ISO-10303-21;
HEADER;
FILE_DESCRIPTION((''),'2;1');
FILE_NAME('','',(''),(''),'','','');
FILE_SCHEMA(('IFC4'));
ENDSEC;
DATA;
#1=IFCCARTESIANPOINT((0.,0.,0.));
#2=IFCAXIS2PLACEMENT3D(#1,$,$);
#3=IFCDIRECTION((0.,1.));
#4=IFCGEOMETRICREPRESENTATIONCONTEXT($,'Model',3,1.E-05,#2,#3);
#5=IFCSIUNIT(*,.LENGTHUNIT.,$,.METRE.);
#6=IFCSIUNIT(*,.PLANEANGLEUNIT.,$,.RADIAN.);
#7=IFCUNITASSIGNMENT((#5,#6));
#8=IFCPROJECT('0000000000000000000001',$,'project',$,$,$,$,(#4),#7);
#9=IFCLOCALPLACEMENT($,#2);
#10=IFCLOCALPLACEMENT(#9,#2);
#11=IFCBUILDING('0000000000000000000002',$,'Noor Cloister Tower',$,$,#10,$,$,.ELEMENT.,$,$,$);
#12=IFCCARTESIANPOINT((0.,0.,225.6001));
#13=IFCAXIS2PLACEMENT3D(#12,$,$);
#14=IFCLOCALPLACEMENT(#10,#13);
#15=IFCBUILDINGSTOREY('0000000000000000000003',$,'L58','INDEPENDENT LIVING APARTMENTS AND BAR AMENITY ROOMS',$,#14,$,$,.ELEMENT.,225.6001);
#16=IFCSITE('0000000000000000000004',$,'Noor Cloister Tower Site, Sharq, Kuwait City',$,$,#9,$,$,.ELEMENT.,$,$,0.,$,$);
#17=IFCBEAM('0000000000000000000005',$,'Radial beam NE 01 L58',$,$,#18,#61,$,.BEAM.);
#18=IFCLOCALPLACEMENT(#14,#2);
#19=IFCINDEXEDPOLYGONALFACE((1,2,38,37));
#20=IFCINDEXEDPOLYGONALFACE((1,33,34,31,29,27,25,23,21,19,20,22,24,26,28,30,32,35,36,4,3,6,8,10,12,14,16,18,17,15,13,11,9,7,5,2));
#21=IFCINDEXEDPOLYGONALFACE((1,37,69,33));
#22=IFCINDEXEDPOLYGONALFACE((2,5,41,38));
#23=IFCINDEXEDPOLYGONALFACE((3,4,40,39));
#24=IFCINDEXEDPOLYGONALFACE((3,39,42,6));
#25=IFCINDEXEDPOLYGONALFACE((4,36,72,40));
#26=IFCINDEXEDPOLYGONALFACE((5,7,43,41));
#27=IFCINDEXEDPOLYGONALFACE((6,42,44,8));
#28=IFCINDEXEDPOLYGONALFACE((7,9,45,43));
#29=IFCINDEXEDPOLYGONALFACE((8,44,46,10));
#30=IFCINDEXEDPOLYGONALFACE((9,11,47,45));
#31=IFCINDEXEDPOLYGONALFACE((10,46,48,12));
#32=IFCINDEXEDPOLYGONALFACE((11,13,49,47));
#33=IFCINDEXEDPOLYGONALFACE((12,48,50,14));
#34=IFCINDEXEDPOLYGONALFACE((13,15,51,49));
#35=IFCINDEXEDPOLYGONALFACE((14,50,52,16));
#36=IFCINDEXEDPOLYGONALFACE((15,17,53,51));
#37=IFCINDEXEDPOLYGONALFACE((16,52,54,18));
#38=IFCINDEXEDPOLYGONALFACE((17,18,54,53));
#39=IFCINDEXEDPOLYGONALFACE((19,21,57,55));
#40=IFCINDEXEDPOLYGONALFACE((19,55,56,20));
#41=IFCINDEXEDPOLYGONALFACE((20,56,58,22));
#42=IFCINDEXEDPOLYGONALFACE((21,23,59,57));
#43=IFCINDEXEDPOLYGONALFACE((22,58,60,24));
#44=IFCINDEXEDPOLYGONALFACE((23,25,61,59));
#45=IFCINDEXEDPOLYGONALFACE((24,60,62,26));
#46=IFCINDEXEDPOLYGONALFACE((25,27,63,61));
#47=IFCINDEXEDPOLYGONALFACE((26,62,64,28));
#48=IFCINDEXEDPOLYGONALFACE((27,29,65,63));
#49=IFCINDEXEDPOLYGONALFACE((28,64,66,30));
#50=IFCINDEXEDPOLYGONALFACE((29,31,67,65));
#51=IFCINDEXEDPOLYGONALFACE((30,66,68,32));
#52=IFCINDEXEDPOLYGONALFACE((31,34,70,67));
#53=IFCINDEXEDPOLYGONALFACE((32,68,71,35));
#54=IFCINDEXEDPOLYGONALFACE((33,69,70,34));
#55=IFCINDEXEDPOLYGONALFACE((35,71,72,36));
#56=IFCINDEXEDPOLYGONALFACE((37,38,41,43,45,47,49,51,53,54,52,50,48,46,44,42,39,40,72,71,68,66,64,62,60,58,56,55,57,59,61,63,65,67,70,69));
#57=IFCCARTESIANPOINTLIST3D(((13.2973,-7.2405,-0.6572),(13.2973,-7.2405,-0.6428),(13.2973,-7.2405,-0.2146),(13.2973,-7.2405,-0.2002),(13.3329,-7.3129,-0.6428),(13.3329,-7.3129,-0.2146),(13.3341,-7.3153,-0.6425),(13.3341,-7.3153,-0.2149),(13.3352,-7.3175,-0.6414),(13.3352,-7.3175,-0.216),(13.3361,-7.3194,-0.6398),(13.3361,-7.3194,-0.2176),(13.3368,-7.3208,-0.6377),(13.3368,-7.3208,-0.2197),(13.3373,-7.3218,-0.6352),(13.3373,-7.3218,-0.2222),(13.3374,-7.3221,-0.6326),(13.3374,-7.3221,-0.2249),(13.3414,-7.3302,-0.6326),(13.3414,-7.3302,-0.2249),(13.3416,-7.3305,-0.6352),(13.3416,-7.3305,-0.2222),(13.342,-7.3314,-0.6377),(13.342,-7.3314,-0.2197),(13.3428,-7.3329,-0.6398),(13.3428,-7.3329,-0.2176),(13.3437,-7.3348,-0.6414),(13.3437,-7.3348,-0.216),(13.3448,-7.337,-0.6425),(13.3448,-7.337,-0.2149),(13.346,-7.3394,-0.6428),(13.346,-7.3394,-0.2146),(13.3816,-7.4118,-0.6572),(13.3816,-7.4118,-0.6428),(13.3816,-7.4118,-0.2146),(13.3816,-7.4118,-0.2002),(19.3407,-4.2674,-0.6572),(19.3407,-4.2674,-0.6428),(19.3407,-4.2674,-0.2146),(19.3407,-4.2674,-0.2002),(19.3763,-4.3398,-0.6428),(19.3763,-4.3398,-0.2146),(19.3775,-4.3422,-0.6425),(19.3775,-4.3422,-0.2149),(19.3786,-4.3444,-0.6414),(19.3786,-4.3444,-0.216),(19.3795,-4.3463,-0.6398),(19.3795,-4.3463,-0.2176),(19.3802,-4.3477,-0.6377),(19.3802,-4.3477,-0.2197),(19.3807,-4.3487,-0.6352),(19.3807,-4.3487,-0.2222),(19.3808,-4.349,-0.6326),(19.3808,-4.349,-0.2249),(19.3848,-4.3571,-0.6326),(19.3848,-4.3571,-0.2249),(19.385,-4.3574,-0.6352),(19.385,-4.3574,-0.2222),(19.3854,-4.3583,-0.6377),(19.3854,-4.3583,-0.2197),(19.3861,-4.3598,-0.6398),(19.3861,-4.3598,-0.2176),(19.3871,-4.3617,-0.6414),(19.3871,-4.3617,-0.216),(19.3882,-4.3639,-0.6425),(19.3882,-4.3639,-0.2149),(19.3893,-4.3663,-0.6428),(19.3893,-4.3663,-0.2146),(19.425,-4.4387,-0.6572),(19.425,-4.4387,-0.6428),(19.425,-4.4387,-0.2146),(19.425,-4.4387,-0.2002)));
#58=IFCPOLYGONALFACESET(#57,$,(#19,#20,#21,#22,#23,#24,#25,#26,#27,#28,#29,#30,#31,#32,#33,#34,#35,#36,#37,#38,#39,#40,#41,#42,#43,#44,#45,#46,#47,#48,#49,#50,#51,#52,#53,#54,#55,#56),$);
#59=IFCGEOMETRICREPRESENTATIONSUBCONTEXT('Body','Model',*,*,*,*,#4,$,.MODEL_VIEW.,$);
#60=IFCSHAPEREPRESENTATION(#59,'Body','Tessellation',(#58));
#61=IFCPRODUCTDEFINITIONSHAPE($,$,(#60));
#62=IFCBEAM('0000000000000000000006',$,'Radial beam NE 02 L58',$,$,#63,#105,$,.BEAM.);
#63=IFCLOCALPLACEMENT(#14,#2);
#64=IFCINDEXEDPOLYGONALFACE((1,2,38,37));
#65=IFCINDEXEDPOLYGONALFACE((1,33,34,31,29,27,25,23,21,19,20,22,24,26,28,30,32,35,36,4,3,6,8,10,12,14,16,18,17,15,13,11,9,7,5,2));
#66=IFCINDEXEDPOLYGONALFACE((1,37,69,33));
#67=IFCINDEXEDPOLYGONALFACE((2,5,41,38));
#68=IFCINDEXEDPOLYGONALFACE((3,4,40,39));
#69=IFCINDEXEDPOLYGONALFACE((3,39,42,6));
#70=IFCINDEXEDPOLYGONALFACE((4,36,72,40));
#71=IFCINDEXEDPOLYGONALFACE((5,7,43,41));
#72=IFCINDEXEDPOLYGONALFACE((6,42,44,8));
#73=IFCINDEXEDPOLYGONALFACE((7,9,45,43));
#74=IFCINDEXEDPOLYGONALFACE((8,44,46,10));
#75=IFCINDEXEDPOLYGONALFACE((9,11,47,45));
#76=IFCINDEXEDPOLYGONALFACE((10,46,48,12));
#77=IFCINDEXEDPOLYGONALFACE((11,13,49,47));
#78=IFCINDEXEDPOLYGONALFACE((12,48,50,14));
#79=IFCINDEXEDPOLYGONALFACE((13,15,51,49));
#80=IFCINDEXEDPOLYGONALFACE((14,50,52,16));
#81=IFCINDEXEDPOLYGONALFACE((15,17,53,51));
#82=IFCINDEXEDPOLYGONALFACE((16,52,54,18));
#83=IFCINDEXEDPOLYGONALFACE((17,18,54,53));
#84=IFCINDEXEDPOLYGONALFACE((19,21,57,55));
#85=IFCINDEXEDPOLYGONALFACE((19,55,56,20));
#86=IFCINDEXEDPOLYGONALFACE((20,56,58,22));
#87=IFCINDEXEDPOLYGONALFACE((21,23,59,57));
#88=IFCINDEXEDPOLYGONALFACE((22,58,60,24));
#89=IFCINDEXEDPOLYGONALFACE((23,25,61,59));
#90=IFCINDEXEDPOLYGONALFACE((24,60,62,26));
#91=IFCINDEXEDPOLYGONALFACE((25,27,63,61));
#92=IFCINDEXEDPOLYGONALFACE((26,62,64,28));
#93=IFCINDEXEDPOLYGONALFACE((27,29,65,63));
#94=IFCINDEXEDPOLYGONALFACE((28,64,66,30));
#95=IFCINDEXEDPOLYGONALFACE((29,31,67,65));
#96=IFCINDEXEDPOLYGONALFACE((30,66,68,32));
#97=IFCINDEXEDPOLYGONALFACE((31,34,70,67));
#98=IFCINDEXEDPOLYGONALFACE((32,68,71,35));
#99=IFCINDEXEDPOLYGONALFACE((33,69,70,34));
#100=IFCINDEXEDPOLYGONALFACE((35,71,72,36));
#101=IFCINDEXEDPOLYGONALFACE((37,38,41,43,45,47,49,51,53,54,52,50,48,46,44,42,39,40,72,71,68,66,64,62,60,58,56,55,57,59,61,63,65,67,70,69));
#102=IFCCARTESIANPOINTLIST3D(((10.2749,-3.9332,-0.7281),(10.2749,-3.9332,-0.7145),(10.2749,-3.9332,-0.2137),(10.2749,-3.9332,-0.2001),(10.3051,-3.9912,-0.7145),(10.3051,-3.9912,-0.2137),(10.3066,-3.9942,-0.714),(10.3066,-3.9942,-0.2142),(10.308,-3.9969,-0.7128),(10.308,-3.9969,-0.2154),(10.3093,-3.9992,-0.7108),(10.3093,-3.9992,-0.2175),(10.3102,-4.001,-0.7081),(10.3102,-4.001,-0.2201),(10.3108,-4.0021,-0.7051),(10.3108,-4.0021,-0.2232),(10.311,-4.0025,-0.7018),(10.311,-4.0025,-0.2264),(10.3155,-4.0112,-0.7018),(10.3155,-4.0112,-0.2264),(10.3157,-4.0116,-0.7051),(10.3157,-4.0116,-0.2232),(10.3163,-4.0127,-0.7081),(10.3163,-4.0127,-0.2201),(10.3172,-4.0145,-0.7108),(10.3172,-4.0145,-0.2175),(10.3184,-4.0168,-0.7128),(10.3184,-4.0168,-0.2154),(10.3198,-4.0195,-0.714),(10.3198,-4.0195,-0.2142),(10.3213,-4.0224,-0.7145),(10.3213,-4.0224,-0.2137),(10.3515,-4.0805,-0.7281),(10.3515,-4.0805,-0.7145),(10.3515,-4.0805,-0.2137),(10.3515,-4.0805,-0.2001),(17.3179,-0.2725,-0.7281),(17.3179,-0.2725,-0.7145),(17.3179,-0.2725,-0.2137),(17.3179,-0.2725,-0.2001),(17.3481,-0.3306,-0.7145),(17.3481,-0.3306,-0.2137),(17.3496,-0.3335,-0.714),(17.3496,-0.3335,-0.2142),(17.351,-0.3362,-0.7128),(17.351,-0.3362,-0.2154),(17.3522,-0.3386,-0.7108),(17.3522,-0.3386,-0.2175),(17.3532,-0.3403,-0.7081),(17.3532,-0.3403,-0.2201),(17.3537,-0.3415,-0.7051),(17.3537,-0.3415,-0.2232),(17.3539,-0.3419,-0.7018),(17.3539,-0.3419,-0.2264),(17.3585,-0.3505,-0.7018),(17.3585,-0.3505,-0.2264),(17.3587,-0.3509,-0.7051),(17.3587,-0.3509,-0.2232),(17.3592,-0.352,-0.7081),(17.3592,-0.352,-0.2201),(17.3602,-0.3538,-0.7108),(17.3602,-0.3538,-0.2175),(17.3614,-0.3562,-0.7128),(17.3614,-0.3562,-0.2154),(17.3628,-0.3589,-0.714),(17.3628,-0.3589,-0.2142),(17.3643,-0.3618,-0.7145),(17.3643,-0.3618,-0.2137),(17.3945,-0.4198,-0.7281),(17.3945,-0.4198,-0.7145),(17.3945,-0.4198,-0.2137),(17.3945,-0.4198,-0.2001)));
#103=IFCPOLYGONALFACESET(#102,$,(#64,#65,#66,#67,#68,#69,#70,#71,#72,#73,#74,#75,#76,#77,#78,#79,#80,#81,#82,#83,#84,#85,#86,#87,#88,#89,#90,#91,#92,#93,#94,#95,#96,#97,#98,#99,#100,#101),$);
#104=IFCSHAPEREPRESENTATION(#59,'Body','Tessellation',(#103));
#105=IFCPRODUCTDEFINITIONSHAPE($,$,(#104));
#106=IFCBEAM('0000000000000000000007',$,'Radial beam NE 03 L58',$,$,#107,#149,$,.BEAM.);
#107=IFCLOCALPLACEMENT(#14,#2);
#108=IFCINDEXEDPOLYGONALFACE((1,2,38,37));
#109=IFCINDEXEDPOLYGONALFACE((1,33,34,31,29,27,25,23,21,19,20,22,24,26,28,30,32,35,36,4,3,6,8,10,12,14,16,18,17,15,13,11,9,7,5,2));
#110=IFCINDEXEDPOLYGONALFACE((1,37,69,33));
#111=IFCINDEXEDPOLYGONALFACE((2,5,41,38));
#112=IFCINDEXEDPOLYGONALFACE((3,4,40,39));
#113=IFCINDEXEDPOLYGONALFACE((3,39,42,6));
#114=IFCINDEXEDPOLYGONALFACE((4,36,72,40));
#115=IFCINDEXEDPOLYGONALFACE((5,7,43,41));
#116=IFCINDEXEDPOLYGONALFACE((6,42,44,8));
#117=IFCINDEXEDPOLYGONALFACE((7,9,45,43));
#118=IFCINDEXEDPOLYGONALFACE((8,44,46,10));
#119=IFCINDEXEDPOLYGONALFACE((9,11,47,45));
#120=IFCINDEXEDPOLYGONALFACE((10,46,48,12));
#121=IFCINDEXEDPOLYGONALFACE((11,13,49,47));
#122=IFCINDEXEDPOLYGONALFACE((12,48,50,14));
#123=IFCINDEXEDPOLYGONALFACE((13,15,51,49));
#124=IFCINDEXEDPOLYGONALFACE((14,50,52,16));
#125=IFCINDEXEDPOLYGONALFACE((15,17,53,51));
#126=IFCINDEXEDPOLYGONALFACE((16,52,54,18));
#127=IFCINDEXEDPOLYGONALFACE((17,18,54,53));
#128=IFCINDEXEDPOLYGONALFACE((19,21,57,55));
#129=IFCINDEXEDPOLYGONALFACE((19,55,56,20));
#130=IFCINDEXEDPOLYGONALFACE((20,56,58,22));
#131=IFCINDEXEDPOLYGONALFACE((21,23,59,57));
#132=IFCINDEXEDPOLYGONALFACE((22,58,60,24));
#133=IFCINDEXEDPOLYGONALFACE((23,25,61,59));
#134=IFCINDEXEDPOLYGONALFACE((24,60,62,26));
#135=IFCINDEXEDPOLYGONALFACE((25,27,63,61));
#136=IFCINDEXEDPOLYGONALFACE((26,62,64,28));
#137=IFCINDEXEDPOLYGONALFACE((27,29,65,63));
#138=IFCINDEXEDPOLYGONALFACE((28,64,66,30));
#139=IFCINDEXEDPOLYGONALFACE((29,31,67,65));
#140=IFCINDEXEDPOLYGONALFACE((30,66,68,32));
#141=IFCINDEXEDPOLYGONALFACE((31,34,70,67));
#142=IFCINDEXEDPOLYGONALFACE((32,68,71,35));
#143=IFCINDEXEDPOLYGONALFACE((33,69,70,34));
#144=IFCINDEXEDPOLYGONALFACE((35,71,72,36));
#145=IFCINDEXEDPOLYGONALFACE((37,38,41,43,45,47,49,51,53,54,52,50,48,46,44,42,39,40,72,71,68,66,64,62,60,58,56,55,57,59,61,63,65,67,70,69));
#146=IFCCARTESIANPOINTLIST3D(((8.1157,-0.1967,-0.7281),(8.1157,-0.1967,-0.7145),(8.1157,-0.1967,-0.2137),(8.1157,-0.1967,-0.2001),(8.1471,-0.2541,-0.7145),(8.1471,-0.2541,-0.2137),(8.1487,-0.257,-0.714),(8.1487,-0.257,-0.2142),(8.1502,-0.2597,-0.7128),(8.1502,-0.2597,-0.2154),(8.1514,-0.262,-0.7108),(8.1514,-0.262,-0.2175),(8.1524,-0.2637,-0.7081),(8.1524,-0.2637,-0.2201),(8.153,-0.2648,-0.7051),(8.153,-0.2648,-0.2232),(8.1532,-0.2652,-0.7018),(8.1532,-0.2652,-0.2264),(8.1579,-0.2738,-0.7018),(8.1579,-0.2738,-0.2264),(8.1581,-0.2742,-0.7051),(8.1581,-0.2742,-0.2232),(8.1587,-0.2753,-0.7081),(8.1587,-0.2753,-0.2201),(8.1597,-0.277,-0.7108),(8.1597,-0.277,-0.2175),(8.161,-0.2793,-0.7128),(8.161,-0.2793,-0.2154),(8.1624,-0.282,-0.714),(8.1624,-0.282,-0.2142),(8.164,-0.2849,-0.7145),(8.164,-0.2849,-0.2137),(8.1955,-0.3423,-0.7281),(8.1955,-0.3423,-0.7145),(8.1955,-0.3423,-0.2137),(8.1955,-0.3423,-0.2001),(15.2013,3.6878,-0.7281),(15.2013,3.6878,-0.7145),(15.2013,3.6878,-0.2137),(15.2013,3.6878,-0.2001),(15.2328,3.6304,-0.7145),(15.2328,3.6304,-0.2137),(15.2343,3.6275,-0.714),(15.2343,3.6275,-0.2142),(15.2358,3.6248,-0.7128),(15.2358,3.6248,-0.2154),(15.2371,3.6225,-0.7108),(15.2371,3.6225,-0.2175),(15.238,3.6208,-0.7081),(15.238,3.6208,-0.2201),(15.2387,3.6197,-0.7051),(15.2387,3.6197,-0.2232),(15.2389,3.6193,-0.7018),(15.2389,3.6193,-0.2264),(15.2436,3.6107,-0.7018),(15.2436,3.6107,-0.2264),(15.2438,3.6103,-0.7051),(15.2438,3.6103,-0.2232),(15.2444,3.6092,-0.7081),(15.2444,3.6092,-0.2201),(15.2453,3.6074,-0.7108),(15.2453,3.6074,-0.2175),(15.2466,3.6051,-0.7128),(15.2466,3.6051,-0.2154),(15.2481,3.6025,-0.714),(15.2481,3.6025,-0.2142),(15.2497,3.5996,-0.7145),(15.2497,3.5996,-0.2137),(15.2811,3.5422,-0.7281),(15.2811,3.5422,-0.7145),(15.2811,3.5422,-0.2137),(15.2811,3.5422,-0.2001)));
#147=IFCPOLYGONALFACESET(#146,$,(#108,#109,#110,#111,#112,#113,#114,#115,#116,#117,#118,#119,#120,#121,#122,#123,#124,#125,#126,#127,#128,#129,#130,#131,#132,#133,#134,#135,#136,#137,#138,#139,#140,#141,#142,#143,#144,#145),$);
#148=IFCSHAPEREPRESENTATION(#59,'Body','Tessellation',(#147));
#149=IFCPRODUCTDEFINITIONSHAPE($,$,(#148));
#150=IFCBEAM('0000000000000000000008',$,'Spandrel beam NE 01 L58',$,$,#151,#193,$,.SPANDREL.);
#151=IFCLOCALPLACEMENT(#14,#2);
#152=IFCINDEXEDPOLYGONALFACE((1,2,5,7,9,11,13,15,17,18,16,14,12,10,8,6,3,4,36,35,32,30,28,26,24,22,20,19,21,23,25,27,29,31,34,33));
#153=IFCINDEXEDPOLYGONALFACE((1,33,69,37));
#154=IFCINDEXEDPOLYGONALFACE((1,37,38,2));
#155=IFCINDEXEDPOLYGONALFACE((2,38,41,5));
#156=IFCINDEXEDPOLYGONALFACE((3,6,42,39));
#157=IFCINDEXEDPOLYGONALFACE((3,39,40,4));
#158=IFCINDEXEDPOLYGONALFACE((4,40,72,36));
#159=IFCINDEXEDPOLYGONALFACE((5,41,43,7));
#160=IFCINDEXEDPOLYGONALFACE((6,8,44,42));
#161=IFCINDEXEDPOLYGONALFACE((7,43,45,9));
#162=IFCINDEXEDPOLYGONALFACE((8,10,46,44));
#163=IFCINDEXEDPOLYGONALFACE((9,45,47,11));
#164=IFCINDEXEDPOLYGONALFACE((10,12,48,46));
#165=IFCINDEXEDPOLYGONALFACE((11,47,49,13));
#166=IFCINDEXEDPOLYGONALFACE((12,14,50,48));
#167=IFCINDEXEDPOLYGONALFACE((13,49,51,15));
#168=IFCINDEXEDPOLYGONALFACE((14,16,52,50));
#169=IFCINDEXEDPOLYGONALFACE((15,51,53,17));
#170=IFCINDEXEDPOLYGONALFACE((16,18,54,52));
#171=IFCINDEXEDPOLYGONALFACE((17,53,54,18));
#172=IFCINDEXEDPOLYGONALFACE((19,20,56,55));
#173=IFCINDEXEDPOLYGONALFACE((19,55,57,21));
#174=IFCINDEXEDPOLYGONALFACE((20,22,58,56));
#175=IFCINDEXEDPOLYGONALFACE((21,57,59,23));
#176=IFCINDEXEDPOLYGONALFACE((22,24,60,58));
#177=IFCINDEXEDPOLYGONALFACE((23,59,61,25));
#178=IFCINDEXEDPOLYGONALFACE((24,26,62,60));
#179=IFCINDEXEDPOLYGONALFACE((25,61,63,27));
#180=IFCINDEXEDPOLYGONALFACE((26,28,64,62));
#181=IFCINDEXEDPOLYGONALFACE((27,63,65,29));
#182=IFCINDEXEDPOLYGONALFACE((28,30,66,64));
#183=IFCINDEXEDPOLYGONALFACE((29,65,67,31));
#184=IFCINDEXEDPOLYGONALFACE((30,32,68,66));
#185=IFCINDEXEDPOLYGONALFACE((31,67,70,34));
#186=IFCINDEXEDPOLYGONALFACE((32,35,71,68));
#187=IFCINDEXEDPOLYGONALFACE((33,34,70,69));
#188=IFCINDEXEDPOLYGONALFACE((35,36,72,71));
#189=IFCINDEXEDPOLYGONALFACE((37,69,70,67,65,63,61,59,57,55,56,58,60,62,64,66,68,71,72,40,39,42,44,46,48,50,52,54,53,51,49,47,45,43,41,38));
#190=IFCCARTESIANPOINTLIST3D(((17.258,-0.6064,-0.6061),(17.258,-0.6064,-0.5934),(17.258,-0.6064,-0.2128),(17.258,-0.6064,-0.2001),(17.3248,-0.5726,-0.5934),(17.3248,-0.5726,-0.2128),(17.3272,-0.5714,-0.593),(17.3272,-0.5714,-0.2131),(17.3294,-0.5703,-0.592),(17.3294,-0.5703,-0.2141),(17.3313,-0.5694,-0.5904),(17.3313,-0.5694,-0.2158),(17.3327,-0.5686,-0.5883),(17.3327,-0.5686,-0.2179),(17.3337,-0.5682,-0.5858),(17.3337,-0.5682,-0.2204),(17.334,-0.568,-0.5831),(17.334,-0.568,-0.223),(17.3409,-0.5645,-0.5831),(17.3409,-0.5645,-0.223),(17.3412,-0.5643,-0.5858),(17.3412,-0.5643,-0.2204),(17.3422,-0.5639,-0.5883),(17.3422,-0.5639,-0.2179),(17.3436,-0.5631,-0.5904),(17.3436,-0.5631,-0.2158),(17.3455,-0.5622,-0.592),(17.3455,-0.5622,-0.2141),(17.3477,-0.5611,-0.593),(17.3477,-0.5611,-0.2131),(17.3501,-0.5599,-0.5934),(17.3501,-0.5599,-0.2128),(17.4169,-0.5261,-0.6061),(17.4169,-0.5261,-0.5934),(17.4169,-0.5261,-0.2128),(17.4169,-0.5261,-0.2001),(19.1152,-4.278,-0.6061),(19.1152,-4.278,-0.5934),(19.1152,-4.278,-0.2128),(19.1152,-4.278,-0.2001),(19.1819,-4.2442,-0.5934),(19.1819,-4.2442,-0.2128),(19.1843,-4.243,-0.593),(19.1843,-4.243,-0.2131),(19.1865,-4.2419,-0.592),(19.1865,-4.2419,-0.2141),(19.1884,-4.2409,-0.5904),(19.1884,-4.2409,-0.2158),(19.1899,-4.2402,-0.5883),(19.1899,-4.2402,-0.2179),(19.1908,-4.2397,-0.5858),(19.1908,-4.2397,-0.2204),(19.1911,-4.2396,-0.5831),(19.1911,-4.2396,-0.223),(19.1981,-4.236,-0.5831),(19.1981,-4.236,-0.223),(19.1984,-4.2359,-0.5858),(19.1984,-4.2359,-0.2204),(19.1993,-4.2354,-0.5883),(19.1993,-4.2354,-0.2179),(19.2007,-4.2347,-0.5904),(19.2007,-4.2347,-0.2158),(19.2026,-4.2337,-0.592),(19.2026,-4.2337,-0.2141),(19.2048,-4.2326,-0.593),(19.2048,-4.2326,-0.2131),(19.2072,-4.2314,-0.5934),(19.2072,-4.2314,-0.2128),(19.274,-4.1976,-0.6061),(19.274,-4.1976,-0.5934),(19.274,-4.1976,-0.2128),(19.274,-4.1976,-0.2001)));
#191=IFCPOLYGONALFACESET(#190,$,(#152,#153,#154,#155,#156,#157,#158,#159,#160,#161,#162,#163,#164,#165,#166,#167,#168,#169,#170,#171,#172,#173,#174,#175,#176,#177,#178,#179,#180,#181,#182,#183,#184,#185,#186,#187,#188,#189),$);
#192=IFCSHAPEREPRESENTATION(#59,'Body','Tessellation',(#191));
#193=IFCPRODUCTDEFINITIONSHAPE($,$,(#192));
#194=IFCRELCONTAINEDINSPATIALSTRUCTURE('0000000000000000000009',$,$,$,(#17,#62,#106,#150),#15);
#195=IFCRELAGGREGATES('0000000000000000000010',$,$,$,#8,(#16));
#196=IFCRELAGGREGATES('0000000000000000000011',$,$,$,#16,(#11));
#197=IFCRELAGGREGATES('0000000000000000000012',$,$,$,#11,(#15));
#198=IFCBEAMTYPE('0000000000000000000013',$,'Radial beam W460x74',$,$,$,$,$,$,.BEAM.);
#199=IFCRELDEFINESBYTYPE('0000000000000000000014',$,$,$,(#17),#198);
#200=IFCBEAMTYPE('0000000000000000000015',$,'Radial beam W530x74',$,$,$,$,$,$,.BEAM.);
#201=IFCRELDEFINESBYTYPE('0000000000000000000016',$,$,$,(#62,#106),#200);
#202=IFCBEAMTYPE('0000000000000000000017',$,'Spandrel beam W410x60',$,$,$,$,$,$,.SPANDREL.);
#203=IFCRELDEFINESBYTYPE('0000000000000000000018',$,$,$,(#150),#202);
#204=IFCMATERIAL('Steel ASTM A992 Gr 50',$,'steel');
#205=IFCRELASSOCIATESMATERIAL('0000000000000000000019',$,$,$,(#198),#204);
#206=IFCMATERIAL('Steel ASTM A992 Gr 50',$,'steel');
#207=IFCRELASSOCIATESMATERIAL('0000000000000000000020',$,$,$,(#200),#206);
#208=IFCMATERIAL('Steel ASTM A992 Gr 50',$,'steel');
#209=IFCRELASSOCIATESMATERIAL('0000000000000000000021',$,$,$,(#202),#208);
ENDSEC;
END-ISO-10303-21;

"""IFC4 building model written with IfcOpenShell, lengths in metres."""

from ifc_helpers import new_model, si_unit, direction, frame, origin, origin_2d, place, context, subcontext, project, spatial, i_section, extrude, material, material_profile, profile_set, type_object, element, save


model = new_model("IFC4")

# Units and contexts
model_context = context("Model", 3, precision=1e-05, world=origin(), true_north=direction((0.0, 1.0)))
body_context = subcontext(model_context, "Body", "Model", "MODEL_VIEW")
ifc_project = project(units=[si_unit("LENGTHUNIT", "METRE"), si_unit("PLANEANGLEUNIT", "RADIAN")], contexts=[model_context])

# Site, building, storey
site_placement = place(None, origin())
site = spatial("IfcSite", under=ifc_project, at=site_placement, Name="Noor Cloister Tower Site, Sharq, Kuwait City", CompositionType="ELEMENT", RefElevation=0.0)
building_placement = place(site_placement, origin())
building = spatial("IfcBuilding", under=site, at=building_placement, Name="Noor Cloister Tower", CompositionType="ELEMENT")
storey_placement = place(building_placement, frame((0.0, 0.0, 225.6001)))
storey = spatial("IfcBuildingStorey", under=building, at=storey_placement, Name="L58", Description="INDEPENDENT LIVING APARTMENTS AND BAR AMENITY ROOMS", CompositionType="ELEMENT", Elevation=225.6001)

# Beams
ifc_material_1 = material(Name="Steel ASTM A992 Gr 50", Category="steel")
ifc_material_profile_1 = material_profile(ifc_material_1, i_section(OverallWidth=0.1909, OverallDepth=0.457, WebThickness=0.009, FlangeThickness=0.0144, FilletRadius=0.0103, at=origin_2d()), Name="W460x74")
ifc_profile_set_1 = profile_set([ifc_material_profile_1], Name="Steel ASTM A992 Gr 50")
beam_type_1 = type_object("IfcBeamType", Name="Radial beam W460x74", PredefinedType="BEAM", material=ifc_profile_set_1)
beam_1_placement = place(storey_placement, frame((19.3828, -4.353, -0.4287), z_axis=(-0.897294, -0.441434, 0.0), x_axis=(0.441434, -0.897294, 0.0)))
element("IfcBeam", 1, at=beam_1_placement, inside=storey, type_object=beam_type_1, Name="Radial beam NE 01 L58", PredefinedType="BEAM", context=body_context, shape_type="SweptSolid", body=[
    extrude(i_section(OverallWidth=0.1909, OverallDepth=0.457, WebThickness=0.009, FlangeThickness=0.0144, FilletRadius=0.0103, at=origin_2d()), origin(), (0.0, 0.0, 1.0), 6.7351),
])
ifc_material_2 = material(Name="Steel ASTM A992 Gr 50", Category="steel")
ifc_material_profile_2 = material_profile(ifc_material_2, i_section(OverallWidth=0.166, OverallDepth=0.5281, WebThickness=0.0098, FlangeThickness=0.0137, FilletRadius=0.0127, at=origin_2d()), Name="W530x74")
ifc_profile_set_2 = profile_set([ifc_material_profile_2], Name="Steel ASTM A992 Gr 50")
beam_type_2 = type_object("IfcBeamType", Name="Radial beam W530x74", PredefinedType="BEAM", material=ifc_profile_set_2)
beam_2_placement = place(storey_placement, frame((17.3562, -0.3462, -0.4641), z_axis=(-0.887304, -0.461184, 0.0), x_axis=(0.461184, -0.887304, 0.0)))
element("IfcBeam", 2, at=beam_2_placement, inside=storey, type_object=beam_type_2, Name="Radial beam NE 02 L58", PredefinedType="BEAM", context=body_context, shape_type="SweptSolid", body=[
    extrude(i_section(OverallWidth=0.166, OverallDepth=0.5281, WebThickness=0.0098, FlangeThickness=0.0137, FilletRadius=0.0127, at=origin_2d()), origin(), (0.0, 0.0, 1.0), 7.9375),
])
beam_3_placement = place(storey_placement, frame((15.2412, 3.615, -0.4641), z_axis=(-0.876874, -0.48072, 0.0), x_axis=(0.48072, -0.876874, 0.0)))
element("IfcBeam", 3, at=beam_3_placement, inside=storey, type_object=beam_type_2, Name="Radial beam NE 03 L58", PredefinedType="BEAM", context=body_context, shape_type="SweptSolid", body=[
    extrude(i_section(OverallWidth=0.166, OverallDepth=0.5281, WebThickness=0.0098, FlangeThickness=0.0137, FilletRadius=0.0127, at=origin_2d()), origin(), (0.0, 0.0, 1.0), 8.0806),
])
ifc_material_3 = material(Name="Steel ASTM A992 Gr 50", Category="steel")
ifc_material_profile_3 = material_profile(ifc_material_3, i_section(OverallWidth=0.178, OverallDepth=0.406, WebThickness=0.0078, FlangeThickness=0.0127, FilletRadius=0.0103, at=origin_2d()), Name="W410x60")
ifc_profile_set_3 = profile_set([ifc_material_profile_3], Name="Steel ASTM A992 Gr 50")
beam_type_3 = type_object("IfcBeamType", Name="Spandrel beam W410x60", PredefinedType="SPANDREL", material=ifc_profile_set_3)
for number, where, z_axis, x_axis, name in (
    (4, (19.1946, -4.2378, -0.4031), (-0.451362, 0.892341, 0.0), (-0.892341, -0.451362, 0.0), "Spandrel beam NE 01 L58"),
):
    element("IfcBeam", number, at=place(storey_placement, frame(where, z_axis=z_axis, x_axis=x_axis)), inside=storey, type_object=beam_type_3, Name=name, PredefinedType="SPANDREL", context=body_context, shape_type="SweptSolid", body=[
        extrude(i_section(OverallWidth=0.178, OverallDepth=0.406, WebThickness=0.0078, FlangeThickness=0.0127, FilletRadius=0.0103, at=origin_2d()), origin(), (0.0, 0.0, 1.0), 4.1145),
    ])

save(model, "model.ifc")
